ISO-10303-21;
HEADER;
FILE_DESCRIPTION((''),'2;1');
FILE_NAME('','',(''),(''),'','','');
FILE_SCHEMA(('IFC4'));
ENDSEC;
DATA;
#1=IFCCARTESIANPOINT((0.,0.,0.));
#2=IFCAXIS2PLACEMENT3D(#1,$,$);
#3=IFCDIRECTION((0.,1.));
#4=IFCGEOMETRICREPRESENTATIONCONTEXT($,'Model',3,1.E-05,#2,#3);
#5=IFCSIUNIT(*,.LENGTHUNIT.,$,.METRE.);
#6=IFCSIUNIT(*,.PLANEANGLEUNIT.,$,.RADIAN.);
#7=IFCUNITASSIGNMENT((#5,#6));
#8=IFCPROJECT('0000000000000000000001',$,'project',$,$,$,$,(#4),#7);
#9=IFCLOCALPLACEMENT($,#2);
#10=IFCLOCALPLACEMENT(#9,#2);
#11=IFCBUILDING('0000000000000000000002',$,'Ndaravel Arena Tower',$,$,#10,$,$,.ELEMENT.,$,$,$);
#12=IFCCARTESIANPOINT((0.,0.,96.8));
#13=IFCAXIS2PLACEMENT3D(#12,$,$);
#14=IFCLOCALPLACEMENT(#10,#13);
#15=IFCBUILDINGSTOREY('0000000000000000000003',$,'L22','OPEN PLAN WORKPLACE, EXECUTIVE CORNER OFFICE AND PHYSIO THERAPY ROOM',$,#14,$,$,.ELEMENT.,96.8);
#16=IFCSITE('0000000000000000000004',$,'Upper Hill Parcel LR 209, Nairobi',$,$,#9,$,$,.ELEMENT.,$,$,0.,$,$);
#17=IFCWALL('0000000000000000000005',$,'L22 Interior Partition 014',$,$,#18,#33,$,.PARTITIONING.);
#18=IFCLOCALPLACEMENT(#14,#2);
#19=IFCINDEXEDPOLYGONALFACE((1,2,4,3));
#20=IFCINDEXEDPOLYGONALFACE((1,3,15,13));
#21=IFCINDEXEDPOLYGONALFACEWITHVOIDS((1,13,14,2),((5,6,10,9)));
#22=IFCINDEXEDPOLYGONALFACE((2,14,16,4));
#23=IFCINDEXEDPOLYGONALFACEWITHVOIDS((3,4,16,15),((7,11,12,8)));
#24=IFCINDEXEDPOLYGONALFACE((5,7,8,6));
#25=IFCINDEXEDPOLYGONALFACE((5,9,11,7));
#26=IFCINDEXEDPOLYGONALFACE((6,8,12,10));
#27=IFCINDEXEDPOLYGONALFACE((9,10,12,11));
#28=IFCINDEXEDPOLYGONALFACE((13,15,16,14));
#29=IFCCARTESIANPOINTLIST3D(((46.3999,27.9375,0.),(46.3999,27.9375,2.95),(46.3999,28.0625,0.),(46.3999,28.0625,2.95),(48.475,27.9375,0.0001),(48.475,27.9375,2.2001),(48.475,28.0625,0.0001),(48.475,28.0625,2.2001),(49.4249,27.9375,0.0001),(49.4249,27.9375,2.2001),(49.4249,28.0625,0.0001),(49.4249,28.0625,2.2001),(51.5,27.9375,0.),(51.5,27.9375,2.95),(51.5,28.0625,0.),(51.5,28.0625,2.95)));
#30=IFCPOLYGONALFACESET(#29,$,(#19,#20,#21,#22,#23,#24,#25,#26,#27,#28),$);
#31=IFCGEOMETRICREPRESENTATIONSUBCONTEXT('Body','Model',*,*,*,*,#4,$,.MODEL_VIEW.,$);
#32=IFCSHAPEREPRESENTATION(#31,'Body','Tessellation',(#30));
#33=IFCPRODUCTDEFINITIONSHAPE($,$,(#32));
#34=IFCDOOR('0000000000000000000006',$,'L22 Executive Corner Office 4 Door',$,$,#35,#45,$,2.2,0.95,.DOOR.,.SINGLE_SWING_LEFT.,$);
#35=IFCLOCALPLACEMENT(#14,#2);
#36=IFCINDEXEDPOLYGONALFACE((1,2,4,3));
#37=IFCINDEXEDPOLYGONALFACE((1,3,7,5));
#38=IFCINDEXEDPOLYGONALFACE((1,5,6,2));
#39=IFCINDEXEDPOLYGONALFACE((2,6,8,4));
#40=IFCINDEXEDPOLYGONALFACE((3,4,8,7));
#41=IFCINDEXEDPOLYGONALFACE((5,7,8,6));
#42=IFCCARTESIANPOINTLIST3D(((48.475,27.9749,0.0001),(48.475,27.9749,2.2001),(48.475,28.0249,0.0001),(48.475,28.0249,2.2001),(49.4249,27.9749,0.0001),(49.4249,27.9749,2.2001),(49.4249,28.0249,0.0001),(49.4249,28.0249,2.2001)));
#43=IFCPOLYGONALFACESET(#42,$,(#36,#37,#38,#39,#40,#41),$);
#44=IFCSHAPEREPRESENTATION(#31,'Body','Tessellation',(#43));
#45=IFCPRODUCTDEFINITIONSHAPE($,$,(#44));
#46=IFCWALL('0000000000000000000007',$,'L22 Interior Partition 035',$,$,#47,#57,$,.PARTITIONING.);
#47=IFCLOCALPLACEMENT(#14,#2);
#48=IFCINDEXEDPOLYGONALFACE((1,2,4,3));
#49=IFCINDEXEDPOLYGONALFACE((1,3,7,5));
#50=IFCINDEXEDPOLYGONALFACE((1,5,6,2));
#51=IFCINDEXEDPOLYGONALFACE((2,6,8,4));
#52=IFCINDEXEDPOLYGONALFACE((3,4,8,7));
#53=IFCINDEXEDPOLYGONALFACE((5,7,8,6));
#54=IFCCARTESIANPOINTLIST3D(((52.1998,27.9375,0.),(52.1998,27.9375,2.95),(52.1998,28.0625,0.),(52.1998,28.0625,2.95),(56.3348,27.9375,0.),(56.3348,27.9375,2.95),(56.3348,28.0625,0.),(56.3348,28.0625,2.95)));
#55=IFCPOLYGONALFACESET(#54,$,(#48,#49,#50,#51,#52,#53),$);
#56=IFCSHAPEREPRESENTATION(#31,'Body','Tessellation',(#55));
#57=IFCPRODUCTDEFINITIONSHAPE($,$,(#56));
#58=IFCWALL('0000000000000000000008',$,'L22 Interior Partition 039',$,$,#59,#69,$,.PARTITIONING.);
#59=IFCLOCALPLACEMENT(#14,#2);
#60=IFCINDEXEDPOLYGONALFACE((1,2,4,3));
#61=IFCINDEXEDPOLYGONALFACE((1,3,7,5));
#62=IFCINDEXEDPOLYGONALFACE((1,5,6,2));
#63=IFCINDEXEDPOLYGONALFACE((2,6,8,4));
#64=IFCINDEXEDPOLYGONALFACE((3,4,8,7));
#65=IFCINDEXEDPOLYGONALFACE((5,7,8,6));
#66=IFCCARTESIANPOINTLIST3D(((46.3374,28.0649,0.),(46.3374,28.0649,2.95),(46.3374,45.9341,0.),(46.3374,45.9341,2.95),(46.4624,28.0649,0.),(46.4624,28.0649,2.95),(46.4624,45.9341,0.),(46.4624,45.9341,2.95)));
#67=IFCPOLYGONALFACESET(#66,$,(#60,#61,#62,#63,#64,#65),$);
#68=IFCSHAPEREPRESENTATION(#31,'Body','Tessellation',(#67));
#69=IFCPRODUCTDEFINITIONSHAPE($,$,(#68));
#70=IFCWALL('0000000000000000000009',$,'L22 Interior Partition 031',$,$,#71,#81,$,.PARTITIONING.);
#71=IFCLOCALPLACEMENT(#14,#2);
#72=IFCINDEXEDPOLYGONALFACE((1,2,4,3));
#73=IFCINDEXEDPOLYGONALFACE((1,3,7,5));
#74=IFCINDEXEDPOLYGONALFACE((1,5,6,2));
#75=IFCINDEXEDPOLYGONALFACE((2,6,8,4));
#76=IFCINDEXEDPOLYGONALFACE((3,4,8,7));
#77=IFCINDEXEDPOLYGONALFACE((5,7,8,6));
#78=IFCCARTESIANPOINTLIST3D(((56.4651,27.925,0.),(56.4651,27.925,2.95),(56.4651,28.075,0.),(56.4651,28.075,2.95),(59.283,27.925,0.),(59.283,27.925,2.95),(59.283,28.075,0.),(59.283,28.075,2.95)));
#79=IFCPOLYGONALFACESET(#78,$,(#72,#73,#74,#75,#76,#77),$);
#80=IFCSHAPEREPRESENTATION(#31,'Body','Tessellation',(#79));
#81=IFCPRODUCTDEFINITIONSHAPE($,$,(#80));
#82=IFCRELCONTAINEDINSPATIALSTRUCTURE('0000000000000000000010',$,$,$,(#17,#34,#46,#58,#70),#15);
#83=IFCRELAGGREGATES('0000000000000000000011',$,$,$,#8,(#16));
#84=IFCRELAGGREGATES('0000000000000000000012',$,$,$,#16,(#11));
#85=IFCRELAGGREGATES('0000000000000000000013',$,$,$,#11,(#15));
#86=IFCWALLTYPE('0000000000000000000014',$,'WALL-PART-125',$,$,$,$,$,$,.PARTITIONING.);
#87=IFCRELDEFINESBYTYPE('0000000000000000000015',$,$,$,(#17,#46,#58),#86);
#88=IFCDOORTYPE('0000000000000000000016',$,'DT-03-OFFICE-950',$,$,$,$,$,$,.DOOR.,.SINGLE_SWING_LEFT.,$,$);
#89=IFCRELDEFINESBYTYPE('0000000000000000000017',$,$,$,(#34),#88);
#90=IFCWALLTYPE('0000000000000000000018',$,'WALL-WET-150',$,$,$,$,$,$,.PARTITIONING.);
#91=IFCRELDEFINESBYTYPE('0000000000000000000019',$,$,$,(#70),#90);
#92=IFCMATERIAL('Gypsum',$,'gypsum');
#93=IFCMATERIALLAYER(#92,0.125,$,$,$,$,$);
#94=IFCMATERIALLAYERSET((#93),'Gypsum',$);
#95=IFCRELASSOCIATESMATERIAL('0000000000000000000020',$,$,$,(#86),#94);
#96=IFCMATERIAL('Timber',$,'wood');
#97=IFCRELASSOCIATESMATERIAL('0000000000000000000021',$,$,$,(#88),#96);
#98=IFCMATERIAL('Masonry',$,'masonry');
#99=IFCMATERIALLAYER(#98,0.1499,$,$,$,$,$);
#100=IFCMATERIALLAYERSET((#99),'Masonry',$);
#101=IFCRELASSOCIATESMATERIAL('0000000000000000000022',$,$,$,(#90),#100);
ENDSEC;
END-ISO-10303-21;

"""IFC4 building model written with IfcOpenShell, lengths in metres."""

from ifc_helpers import new_model, si_unit, direction, frame, frame_2d, origin, place, context, subcontext, project, spatial, rectangle, extrude, material, layer, layer_set, type_object, element, fill, save


model = new_model("IFC4")

# Units and contexts
model_context = context("Model", 3, precision=1e-05, world=origin(), true_north=direction((0.0, 1.0)))
body_context = subcontext(model_context, "Body", "Model", "MODEL_VIEW")
ifc_project = project(units=[si_unit("LENGTHUNIT", "METRE"), si_unit("PLANEANGLEUNIT", "RADIAN")], contexts=[model_context])

# Site, building, storey
site_placement = place(None, origin())
site = spatial("IfcSite", under=ifc_project, at=site_placement, Name="Upper Hill Parcel LR 209, Nairobi", CompositionType="ELEMENT", RefElevation=0.0)
building_placement = place(site_placement, origin())
building = spatial("IfcBuilding", under=site, at=building_placement, Name="Ndaravel Arena Tower", CompositionType="ELEMENT")
storey_placement = place(building_placement, frame((0.0, 0.0, 96.8)))
storey = spatial("IfcBuildingStorey", under=building, at=storey_placement, Name="L22", Description="OPEN PLAN WORKPLACE, EXECUTIVE CORNER OFFICE AND PHYSIO THERAPY ROOM", CompositionType="ELEMENT", Elevation=96.8)

# Wall, opening, door
ifc_material_1 = material(Name="Gypsum", Category="gypsum")
ifc_layer_1 = layer(ifc_material_1, 0.125)
ifc_layer_set_1 = layer_set([ifc_layer_1], Name="Gypsum")
wall_type_1 = type_object("IfcWallType", Name="WALL-PART-125", PredefinedType="PARTITIONING", material=ifc_layer_set_1)
ifc_material_2 = material(Name="Timber", Category="wood")
door_type = type_object("IfcDoorType", Name="DT-03-OFFICE-950", OperationType="SINGLE_SWING_LEFT", PredefinedType="DOOR", material=ifc_material_2)
wall_1_placement = place(storey_placement, frame((46.3999, 28.0, 0.0), z_axis=(0.0, 0.0, 1.0), x_axis=(1.0, 0.0, 0.0)))
wall_1 = element("IfcWall", 1, at=wall_1_placement, inside=storey, type_object=wall_type_1, Name="L22 Interior Partition 014", PredefinedType="PARTITIONING", context=body_context, shape_type="SweptSolid", body=[
    extrude(rectangle(XDim=5.1001, YDim=0.125, at=frame_2d((2.55, 0.0))), origin(), (0.0, 0.0, 1.0), 2.95),
])
opening_1_placement = place(wall_1_placement, frame((2.075, 0.0, 0.0)))
opening_1 = element("IfcOpeningElement", 2, at=opening_1_placement, cuts=wall_1, PredefinedType="OPENING", context=body_context, shape_type="SweptSolid", body=[
    extrude(rectangle(XDim=0.95, YDim=2.2, at=frame_2d((0.4751, 1.1001))), frame((0.0, 0.0625, 0.0), z_axis=(0.0, -1.0, 0.0), x_axis=(1.0, 0.0, 0.0)), (0.0, 0.0, 1.0), 0.125),
])
door_1_placement = place(opening_1_placement, origin())
door_1 = element("IfcDoor", 3, at=door_1_placement, inside=storey, type_object=door_type, Name="L22 Executive Corner Office 4 Door", OperationType="SINGLE_SWING_LEFT", OverallHeight=2.2, OverallWidth=0.95, PredefinedType="DOOR", context=body_context, shape_type="SweptSolid", body=[
    extrude(rectangle(XDim=0.95, YDim=2.2, at=frame_2d((0.4751, 1.1001))), frame((0.0, 0.0249, 0.0), z_axis=(0.0, -1.0, 0.0), x_axis=(1.0, 0.0, 0.0)), (0.0, 0.0, 1.0), 0.05),
])
fill(opening_1, door_1)

# Walls
wall_2_placement = place(storey_placement, frame((52.2, 28.0, 0.0), z_axis=(0.0, 0.0, 1.0), x_axis=(1.0, 0.0, 0.0)))
element("IfcWall", 4, at=wall_2_placement, inside=storey, type_object=wall_type_1, Name="L22 Interior Partition 035", PredefinedType="PARTITIONING", context=body_context, shape_type="SweptSolid", body=[
    extrude(rectangle(XDim=4.135, YDim=0.125, at=frame_2d((2.0674, 0.0))), origin(), (0.0, 0.0, 1.0), 2.95),
])
wall_3_placement = place(storey_placement, frame((46.3999, 28.0649, 0.0), z_axis=(0.0, 0.0, 1.0), x_axis=(0.0, 1.0, 0.0)))
element("IfcWall", 5, at=wall_3_placement, inside=storey, type_object=wall_type_1, Name="L22 Interior Partition 039", PredefinedType="PARTITIONING", context=body_context, shape_type="SweptSolid", body=[
    extrude(rectangle(XDim=17.8691, YDim=0.125, at=frame_2d((8.9346, 0.0))), origin(), (0.0, 0.0, 1.0), 2.95),
])
ifc_material_3 = material(Name="Masonry", Category="masonry")
ifc_layer_2 = layer(ifc_material_3, 0.1499)
ifc_layer_set_2 = layer_set([ifc_layer_2], Name="Masonry")
wall_type_2 = type_object("IfcWallType", Name="WALL-WET-150", PredefinedType="PARTITIONING", material=ifc_layer_set_2)
wall_4_placement = place(storey_placement, frame((56.4651, 28.0, 0.0), z_axis=(0.0, 0.0, 1.0), x_axis=(1.0, 0.0, 0.0)))
element("IfcWall", 6, at=wall_4_placement, inside=storey, type_object=wall_type_2, Name="L22 Interior Partition 031", PredefinedType="PARTITIONING", context=body_context, shape_type="SweptSolid", body=[
    extrude(rectangle(XDim=2.8179, YDim=0.1499, at=frame_2d((1.4089, 0.0))), origin(), (0.0, 0.0, 1.0), 2.95),
])

save(model, "model.ifc")
